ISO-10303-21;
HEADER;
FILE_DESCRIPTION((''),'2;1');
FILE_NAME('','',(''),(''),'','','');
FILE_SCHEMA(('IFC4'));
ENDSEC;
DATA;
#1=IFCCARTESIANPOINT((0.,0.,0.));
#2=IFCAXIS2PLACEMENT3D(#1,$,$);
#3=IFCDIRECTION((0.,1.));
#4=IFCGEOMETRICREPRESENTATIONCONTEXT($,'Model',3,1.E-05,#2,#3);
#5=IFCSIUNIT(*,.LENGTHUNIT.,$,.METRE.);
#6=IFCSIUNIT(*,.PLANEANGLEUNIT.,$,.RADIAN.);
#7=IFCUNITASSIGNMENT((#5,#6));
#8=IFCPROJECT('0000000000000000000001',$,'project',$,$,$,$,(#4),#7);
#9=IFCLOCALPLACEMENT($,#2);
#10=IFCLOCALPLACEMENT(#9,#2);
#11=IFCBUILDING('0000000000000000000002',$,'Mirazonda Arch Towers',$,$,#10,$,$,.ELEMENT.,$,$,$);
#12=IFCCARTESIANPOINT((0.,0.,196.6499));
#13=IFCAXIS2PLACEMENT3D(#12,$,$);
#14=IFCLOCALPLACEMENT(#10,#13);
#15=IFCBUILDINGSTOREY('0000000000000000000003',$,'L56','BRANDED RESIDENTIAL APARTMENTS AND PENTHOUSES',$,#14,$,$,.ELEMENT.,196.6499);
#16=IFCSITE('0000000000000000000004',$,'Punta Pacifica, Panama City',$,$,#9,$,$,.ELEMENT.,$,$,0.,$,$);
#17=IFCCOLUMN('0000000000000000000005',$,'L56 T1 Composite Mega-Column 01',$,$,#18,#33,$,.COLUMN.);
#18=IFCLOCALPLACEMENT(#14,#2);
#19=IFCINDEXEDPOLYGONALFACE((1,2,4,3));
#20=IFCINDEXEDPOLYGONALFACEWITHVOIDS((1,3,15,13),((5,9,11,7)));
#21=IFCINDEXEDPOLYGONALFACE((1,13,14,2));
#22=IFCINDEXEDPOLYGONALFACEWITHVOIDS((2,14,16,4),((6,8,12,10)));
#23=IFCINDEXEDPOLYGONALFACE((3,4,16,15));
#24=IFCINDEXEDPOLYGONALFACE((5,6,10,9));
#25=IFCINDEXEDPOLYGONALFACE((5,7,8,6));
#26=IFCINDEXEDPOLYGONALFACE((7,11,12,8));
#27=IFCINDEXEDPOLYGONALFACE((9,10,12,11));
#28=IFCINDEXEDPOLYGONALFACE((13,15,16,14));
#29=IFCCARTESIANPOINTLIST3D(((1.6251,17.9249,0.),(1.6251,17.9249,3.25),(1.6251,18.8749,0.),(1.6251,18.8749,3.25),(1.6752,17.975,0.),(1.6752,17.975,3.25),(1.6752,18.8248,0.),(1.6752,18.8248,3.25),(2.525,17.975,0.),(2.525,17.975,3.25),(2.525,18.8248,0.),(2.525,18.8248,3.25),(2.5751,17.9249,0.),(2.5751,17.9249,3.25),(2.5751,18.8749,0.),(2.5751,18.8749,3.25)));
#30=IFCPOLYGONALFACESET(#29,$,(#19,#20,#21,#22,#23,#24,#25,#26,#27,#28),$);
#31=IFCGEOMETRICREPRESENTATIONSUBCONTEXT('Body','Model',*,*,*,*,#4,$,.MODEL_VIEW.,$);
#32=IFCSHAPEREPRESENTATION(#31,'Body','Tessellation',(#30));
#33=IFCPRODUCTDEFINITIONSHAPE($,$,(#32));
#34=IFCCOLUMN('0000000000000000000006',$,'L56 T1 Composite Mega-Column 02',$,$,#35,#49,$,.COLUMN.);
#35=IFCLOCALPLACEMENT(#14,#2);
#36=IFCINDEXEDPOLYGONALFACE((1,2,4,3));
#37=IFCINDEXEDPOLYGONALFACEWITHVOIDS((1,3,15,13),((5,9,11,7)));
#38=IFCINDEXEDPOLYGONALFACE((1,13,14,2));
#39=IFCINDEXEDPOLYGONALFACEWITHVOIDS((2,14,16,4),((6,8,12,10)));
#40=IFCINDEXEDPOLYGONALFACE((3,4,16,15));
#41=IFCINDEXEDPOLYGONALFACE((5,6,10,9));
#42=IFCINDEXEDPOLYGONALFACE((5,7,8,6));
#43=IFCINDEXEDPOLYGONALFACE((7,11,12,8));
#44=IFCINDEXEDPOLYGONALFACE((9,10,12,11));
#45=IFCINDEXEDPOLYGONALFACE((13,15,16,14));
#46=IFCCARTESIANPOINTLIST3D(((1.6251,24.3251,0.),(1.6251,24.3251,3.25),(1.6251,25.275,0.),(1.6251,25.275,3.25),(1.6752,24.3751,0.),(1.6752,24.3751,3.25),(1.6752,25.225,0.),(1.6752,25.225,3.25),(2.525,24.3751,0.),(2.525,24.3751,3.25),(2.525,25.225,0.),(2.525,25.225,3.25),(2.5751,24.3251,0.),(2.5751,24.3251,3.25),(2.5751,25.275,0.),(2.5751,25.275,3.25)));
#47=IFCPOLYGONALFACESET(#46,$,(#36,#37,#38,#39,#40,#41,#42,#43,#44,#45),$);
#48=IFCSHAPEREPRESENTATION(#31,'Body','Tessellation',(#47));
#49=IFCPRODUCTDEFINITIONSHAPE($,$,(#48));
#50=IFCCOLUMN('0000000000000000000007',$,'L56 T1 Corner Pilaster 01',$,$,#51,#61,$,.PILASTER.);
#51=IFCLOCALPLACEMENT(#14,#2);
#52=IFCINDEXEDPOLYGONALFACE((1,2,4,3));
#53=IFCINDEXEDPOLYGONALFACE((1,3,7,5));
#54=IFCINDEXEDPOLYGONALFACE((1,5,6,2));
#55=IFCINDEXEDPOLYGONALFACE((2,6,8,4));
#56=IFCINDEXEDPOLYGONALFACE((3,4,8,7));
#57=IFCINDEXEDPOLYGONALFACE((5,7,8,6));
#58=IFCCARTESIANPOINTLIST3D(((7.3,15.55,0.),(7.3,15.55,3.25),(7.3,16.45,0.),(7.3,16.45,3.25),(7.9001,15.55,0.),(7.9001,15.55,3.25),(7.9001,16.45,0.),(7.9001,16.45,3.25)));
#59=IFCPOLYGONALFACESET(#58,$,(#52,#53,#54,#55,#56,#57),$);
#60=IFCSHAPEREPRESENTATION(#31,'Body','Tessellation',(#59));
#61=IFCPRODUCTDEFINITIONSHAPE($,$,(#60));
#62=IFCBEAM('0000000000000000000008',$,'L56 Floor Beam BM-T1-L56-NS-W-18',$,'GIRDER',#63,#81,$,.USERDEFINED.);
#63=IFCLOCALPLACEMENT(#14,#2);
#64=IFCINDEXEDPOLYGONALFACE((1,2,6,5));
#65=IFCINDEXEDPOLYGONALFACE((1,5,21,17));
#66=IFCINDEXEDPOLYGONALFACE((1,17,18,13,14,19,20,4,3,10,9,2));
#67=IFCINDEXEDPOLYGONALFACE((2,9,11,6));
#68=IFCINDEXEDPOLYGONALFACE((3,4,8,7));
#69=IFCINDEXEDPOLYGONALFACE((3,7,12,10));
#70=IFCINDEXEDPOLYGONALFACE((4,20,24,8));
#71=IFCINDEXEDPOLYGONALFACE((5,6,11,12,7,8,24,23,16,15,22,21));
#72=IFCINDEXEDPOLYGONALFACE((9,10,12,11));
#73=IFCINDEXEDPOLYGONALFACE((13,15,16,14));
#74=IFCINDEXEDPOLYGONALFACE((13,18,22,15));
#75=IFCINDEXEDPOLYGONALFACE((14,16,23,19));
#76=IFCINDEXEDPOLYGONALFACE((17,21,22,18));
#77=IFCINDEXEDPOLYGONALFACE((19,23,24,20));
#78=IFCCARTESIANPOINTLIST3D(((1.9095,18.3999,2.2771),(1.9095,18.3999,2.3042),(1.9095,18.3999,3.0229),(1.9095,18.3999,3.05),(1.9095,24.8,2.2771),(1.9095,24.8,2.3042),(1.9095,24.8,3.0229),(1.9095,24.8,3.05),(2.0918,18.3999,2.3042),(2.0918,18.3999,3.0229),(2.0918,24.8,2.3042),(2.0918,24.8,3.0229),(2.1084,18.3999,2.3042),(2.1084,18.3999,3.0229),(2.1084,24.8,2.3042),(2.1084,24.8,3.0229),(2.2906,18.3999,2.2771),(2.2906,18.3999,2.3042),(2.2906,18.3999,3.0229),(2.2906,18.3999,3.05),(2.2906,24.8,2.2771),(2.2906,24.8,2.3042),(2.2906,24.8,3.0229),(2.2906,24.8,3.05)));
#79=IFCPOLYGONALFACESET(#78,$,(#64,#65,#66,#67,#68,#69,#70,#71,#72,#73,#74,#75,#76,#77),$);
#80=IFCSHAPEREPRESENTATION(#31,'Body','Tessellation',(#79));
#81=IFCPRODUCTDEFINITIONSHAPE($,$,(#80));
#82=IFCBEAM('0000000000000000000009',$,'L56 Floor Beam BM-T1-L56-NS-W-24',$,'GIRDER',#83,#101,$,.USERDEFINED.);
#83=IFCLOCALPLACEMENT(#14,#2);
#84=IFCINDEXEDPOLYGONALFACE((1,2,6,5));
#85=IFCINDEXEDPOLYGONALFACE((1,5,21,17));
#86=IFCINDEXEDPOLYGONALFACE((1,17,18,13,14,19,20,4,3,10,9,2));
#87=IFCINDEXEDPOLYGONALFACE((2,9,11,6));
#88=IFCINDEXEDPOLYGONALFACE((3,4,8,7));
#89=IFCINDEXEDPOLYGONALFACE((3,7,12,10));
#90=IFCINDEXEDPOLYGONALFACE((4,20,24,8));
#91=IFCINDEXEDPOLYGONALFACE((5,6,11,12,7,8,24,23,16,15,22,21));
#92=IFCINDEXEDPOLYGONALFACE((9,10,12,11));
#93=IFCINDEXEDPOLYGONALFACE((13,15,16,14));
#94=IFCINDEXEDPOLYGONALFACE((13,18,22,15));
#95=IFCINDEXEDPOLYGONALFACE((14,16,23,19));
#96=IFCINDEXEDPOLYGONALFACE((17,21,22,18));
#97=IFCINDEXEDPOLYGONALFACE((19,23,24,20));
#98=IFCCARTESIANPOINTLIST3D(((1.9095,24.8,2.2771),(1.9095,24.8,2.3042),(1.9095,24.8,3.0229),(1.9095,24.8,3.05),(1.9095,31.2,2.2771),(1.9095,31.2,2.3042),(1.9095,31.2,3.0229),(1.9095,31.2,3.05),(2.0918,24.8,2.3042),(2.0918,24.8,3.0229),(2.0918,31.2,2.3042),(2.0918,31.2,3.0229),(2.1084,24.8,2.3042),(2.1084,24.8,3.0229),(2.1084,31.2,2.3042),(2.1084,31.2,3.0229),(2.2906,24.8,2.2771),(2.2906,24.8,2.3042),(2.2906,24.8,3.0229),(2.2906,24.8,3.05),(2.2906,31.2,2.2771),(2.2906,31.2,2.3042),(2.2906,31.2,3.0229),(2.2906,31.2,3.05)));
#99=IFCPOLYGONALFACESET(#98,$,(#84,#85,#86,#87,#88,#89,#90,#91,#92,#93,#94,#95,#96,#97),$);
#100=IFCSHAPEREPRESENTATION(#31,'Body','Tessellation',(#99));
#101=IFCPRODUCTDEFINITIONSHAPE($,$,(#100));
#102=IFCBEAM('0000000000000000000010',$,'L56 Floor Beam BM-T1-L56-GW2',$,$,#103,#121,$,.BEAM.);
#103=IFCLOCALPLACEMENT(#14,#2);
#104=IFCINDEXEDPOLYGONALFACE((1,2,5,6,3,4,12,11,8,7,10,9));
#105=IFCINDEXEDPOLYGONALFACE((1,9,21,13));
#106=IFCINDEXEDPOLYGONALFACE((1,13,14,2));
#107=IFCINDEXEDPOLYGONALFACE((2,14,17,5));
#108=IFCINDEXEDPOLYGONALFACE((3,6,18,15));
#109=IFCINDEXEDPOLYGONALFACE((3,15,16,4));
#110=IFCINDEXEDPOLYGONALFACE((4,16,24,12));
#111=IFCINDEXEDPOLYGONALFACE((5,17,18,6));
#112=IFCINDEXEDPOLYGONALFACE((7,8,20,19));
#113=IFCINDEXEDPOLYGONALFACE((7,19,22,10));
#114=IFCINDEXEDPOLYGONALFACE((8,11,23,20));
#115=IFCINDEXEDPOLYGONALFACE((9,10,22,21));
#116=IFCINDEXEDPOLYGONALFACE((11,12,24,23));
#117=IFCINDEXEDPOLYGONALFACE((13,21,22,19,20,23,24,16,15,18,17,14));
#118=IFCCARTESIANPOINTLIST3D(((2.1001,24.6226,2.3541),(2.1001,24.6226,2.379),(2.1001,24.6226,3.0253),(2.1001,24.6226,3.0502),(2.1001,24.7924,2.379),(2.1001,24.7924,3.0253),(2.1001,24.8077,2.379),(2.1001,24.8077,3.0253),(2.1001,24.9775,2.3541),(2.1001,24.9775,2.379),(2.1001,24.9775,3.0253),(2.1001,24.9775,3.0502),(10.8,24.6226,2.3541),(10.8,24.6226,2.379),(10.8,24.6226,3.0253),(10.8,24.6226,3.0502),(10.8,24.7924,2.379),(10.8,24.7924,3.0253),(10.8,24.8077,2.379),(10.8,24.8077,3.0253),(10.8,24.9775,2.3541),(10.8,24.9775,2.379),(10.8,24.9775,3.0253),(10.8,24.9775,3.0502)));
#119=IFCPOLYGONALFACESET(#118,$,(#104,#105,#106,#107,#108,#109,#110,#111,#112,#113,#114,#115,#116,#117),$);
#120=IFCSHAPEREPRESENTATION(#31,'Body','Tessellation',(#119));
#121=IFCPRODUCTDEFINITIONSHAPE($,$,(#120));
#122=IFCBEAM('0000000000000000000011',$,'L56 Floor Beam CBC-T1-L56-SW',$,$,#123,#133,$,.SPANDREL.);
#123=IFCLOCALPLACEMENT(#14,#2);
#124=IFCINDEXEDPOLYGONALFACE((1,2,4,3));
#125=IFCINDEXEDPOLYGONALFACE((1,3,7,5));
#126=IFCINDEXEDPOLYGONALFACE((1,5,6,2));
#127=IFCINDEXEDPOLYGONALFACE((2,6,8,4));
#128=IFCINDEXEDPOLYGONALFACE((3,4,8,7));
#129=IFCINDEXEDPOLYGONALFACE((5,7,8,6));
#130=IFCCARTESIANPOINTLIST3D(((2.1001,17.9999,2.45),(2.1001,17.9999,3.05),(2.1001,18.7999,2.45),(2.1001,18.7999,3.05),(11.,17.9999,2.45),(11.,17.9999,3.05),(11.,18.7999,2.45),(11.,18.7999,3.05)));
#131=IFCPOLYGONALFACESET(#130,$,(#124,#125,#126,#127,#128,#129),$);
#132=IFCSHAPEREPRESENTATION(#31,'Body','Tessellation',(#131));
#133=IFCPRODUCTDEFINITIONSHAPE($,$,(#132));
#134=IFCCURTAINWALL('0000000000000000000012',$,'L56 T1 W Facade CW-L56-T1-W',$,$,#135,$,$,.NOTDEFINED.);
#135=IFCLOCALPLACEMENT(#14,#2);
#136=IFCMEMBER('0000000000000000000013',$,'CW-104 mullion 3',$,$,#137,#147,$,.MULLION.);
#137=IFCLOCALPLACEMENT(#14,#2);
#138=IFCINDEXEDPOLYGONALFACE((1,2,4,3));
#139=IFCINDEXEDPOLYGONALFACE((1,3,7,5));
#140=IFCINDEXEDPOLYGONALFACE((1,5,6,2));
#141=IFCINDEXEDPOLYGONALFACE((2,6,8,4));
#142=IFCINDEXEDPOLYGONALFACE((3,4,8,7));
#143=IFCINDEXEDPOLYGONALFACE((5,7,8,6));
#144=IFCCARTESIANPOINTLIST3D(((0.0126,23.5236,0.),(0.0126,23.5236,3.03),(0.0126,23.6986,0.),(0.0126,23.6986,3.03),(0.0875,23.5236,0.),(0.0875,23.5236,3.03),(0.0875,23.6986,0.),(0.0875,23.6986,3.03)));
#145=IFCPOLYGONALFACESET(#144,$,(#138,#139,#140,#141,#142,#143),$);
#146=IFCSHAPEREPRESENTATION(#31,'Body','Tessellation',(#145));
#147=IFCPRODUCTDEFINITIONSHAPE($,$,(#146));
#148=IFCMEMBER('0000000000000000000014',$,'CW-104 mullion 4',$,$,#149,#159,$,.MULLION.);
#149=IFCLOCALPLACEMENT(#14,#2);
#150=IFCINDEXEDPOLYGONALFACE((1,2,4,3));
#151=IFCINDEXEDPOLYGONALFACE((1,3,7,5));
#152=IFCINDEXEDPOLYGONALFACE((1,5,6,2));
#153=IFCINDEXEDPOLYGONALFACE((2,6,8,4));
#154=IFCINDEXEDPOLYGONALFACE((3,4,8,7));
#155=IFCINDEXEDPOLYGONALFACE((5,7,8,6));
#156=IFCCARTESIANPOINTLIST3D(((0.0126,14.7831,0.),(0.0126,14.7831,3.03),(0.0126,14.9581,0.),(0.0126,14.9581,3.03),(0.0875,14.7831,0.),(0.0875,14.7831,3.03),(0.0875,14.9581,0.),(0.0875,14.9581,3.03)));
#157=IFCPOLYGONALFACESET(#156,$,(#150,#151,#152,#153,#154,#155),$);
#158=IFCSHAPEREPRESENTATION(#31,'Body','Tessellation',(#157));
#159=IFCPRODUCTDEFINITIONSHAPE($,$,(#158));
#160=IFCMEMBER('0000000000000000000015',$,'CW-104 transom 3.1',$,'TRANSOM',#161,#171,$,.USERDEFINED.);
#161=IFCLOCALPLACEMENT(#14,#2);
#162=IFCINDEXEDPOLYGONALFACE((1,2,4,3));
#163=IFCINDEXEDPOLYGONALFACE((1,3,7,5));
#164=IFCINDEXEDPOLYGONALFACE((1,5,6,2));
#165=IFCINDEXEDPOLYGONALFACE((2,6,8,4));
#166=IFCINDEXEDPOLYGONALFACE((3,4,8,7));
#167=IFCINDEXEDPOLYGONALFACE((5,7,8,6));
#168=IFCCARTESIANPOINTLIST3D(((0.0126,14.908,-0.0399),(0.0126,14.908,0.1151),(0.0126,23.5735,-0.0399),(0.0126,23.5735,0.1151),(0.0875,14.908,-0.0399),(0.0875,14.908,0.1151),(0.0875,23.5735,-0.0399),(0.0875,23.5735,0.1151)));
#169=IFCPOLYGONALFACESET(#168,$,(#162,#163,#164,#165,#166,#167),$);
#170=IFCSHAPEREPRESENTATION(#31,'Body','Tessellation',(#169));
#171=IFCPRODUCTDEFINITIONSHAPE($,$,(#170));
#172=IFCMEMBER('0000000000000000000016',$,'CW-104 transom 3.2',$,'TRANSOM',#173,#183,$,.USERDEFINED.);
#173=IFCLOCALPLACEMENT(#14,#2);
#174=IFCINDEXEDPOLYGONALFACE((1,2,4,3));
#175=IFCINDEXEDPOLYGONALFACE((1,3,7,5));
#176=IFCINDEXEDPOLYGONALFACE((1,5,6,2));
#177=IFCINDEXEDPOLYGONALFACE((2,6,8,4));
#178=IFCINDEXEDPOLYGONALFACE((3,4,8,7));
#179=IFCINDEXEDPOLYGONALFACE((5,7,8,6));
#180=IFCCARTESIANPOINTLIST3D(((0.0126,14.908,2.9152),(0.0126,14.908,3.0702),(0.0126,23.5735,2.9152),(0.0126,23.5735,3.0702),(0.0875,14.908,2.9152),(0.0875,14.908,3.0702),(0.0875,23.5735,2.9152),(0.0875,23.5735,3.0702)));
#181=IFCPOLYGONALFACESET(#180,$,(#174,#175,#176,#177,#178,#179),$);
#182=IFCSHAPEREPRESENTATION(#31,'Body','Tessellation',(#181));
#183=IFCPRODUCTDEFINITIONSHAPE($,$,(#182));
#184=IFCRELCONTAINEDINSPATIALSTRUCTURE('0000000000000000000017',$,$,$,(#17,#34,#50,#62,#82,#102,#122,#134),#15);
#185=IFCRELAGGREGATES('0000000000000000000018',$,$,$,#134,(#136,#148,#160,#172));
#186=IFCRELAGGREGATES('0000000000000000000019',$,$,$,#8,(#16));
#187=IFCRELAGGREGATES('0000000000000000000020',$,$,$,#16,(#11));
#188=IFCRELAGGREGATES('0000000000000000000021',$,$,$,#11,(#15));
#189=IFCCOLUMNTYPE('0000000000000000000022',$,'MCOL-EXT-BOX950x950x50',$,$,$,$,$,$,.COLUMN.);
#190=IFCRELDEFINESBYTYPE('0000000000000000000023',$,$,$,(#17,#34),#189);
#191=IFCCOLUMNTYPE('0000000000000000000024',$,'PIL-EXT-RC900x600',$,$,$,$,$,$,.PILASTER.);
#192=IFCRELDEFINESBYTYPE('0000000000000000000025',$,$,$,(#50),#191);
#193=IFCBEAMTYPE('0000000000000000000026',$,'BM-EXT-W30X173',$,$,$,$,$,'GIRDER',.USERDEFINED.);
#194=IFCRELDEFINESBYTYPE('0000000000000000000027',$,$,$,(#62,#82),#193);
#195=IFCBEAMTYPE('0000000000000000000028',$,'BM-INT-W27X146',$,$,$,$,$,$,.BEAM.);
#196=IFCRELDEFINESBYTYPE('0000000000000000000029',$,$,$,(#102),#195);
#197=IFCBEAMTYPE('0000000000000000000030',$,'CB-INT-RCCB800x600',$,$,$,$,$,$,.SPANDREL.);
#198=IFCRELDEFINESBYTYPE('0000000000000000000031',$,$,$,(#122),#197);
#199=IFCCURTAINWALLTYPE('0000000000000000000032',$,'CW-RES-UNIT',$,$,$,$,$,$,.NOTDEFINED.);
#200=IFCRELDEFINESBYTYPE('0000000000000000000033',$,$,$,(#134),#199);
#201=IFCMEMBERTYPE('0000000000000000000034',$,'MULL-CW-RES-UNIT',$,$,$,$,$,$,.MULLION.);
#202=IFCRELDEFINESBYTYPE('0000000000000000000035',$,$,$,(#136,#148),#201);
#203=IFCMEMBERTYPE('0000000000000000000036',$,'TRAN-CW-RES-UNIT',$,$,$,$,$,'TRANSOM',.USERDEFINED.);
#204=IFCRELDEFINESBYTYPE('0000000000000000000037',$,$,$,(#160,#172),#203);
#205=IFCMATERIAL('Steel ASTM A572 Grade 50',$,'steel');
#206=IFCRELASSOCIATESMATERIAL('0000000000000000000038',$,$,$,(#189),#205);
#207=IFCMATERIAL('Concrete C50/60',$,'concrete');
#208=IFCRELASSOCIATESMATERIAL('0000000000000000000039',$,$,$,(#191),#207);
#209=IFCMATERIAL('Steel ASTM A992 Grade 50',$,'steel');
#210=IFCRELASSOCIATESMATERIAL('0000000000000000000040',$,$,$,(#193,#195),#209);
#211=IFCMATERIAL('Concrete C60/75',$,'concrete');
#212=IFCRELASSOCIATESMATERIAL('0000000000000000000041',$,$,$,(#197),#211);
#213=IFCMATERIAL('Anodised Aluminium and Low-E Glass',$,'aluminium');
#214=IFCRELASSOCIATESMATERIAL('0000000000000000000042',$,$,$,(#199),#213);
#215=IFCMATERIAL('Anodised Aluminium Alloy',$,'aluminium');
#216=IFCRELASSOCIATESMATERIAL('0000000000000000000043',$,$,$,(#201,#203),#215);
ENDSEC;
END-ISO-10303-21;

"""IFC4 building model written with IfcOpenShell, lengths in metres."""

from ifc_helpers import new_model, si_unit, direction, frame, origin, origin_2d, place, context, subcontext, project, spatial, rectangle, hollow_rectangle, i_section, extrude, material, material_profile, profile_set, type_object, element, aggregate, save


model = new_model("IFC4")

# Units and contexts
model_context = context("Model", 3, precision=1e-05, world=origin(), true_north=direction((0.0, 1.0)))
body_context = subcontext(model_context, "Body", "Model", "MODEL_VIEW")
ifc_project = project(units=[si_unit("LENGTHUNIT", "METRE"), si_unit("PLANEANGLEUNIT", "RADIAN")], contexts=[model_context])

# Site, building, storey
site_placement = place(None, origin())
site = spatial("IfcSite", under=ifc_project, at=site_placement, Name="Punta Pacifica, Panama City", CompositionType="ELEMENT", RefElevation=0.0)
building_placement = place(site_placement, origin())
building = spatial("IfcBuilding", under=site, at=building_placement, Name="Mirazonda Arch Towers", CompositionType="ELEMENT")
storey_placement = place(building_placement, frame((0.0, 0.0, 196.6499)))
storey = spatial("IfcBuildingStorey", under=building, at=storey_placement, Name="L56", Description="BRANDED RESIDENTIAL APARTMENTS AND PENTHOUSES", CompositionType="ELEMENT", Elevation=196.6499)

# Columns
ifc_material_1 = material(Name="Steel ASTM A572 Grade 50", Category="steel")
ifc_material_profile_1 = material_profile(ifc_material_1, hollow_rectangle(XDim=0.95, YDim=0.95, WallThickness=0.05, at=origin_2d()), Name="BOX950x950x50")
ifc_profile_set_1 = profile_set([ifc_material_profile_1], Name="Steel ASTM A572 Grade 50")
column_type_1 = type_object("IfcColumnType", Name="MCOL-EXT-BOX950x950x50", PredefinedType="COLUMN", material=ifc_profile_set_1)
for number, where, z_axis, x_axis, name in (
    (1, (2.1001, 18.3999, 0.0), (0.0, 0.0, 1.0), (1.0, 0.0, 0.0), "L56 T1 Composite Mega-Column 01"),
    (2, (2.1001, 24.8, 0.0), (0.0, 0.0, 1.0), (1.0, 0.0, 0.0), "L56 T1 Composite Mega-Column 02"),
):
    element("IfcColumn", number, at=place(storey_placement, frame(where, z_axis=z_axis, x_axis=x_axis)), inside=storey, type_object=column_type_1, Name=name, PredefinedType="COLUMN", context=body_context, shape_type="SweptSolid", body=[
        extrude(hollow_rectangle(XDim=0.95, YDim=0.95, WallThickness=0.05, at=origin_2d()), origin(), (0.0, 0.0, 1.0), 3.25),
    ])
ifc_material_2 = material(Name="Concrete C50/60", Category="concrete")
ifc_material_profile_2 = material_profile(ifc_material_2, rectangle(XDim=0.6001, YDim=0.8999, at=origin_2d()), Name="RC900x600")
ifc_profile_set_2 = profile_set([ifc_material_profile_2], Name="Concrete C50/60")
column_type_2 = type_object("IfcColumnType", Name="PIL-EXT-RC900x600", PredefinedType="PILASTER", material=ifc_profile_set_2)
column_placement = place(storey_placement, frame((7.6001, 16.0, 0.0), z_axis=(0.0, 0.0, 1.0), x_axis=(1.0, 0.0, 0.0)))
element("IfcColumn", 3, at=column_placement, inside=storey, type_object=column_type_2, Name="L56 T1 Corner Pilaster 01", PredefinedType="PILASTER", context=body_context, shape_type="SweptSolid", body=[
    extrude(rectangle(XDim=0.6001, YDim=0.8999, at=origin_2d()), origin(), (0.0, 0.0, 1.0), 3.25),
])

# Beams
ifc_material_3 = material(Name="Steel ASTM A992 Grade 50", Category="steel")
ifc_material_profile_3 = material_profile(ifc_material_3, i_section(OverallWidth=0.3811, OverallDepth=0.7729, WebThickness=0.0166, FlangeThickness=0.0271, at=origin_2d()), Name="W30X173")
ifc_profile_set_3 = profile_set([ifc_material_profile_3], Name="Steel ASTM A992 Grade 50")
beam_type_1 = type_object("IfcBeamType", Name="BM-EXT-W30X173", ElementType="GIRDER", PredefinedType="USERDEFINED", material=ifc_profile_set_3)
beam_1_placement = place(storey_placement, frame((2.1001, 18.3999, 2.6636), z_axis=(0.0, 1.0, 0.0), x_axis=(-1.0, 0.0, 0.0)))
element("IfcBeam", 4, at=beam_1_placement, inside=storey, type_object=beam_type_1, Name="L56 Floor Beam BM-T1-L56-NS-W-18", ObjectType="GIRDER", PredefinedType="USERDEFINED", context=body_context, shape_type="SweptSolid", body=[
    extrude(i_section(OverallWidth=0.3811, OverallDepth=0.7729, WebThickness=0.0166, FlangeThickness=0.0271, at=origin_2d()), origin(), (0.0, 0.0, 1.0), 6.4001),
])
beam_2_placement = place(storey_placement, frame((2.1001, 24.8, 2.6636), z_axis=(0.0, 1.0, 0.0), x_axis=(-1.0, 0.0, 0.0)))
element("IfcBeam", 5, at=beam_2_placement, inside=storey, type_object=beam_type_1, Name="L56 Floor Beam BM-T1-L56-NS-W-24", ObjectType="GIRDER", PredefinedType="USERDEFINED", context=body_context, shape_type="SweptSolid", body=[
    extrude(i_section(OverallWidth=0.3811, OverallDepth=0.7729, WebThickness=0.0166, FlangeThickness=0.0271, at=origin_2d()), origin(), (0.0, 0.0, 1.0), 6.3999),
])
ifc_material_profile_4 = material_profile(ifc_material_3, i_section(OverallWidth=0.355, OverallDepth=0.696, WebThickness=0.0154, FlangeThickness=0.0249, at=origin_2d()), Name="W27X146")
ifc_profile_set_4 = profile_set([ifc_material_profile_4], Name="Steel ASTM A992 Grade 50")
beam_type_2 = type_object("IfcBeamType", Name="BM-INT-W27X146", PredefinedType="BEAM", material=ifc_profile_set_4)
beam_3_placement = place(storey_placement, frame((2.1001, 24.8, 2.7021), z_axis=(1.0, 0.0, 0.0), x_axis=(0.0, 1.0, 0.0)))
element("IfcBeam", 6, at=beam_3_placement, inside=storey, type_object=beam_type_2, Name="L56 Floor Beam BM-T1-L56-GW2", PredefinedType="BEAM", context=body_context, shape_type="SweptSolid", body=[
    extrude(i_section(OverallWidth=0.355, OverallDepth=0.696, WebThickness=0.0154, FlangeThickness=0.0249, at=origin_2d()), origin(), (0.0, 0.0, 1.0), 8.7),
])
ifc_material_4 = material(Name="Concrete C60/75", Category="concrete")
ifc_material_profile_5 = material_profile(ifc_material_4, rectangle(XDim=0.8, YDim=0.6001, at=origin_2d()), Name="RCCB800x600")
ifc_profile_set_5 = profile_set([ifc_material_profile_5], Name="Concrete C60/75")
beam_type_3 = type_object("IfcBeamType", Name="CB-INT-RCCB800x600", PredefinedType="SPANDREL", material=ifc_profile_set_5)
beam_4_placement = place(storey_placement, frame((2.1001, 18.3999, 2.75), z_axis=(1.0, 0.0, 0.0), x_axis=(0.0, 1.0, 0.0)))
element("IfcBeam", 7, at=beam_4_placement, inside=storey, type_object=beam_type_3, Name="L56 Floor Beam CBC-T1-L56-SW", PredefinedType="SPANDREL", context=body_context, shape_type="SweptSolid", body=[
    extrude(rectangle(XDim=0.8, YDim=0.6001, at=origin_2d()), origin(), (0.0, 0.0, 1.0), 8.8999),
])

# Curtain wall, members
ifc_material_5 = material(Name="Anodised Aluminium and Low-E Glass", Category="aluminium")
curtain_wall_type = type_object("IfcCurtainWallType", Name="CW-RES-UNIT", PredefinedType="NOTDEFINED", material=ifc_material_5)
curtain_wall_placement = place(storey_placement, origin())
curtain_wall = element("IfcCurtainWall", 8, at=curtain_wall_placement, inside=storey, type_object=curtain_wall_type, Name="L56 T1 W Facade CW-L56-T1-W", PredefinedType="NOTDEFINED")
ifc_material_6 = material(Name="Anodised Aluminium Alloy", Category="aluminium")
ifc_material_profile_6 = material_profile(ifc_material_6, rectangle(XDim=0.075, YDim=0.175, at=origin_2d()), Name="ALU-MULL-75x175")
ifc_profile_set_6 = profile_set([ifc_material_profile_6], Name="Anodised Aluminium Alloy")
member_type_1 = type_object("IfcMemberType", Name="MULL-CW-RES-UNIT", PredefinedType="MULLION", material=ifc_profile_set_6)
member_1_placement = place(storey_placement, frame((0.05, 23.6111, 0.0), z_axis=(0.0, 0.0, 1.0), x_axis=(1.0, 0.0, 0.0)))
member_1 = element("IfcMember", 9, at=member_1_placement, type_object=member_type_1, Name="CW-104 mullion 3", PredefinedType="MULLION", context=body_context, shape_type="SweptSolid", body=[
    extrude(rectangle(XDim=0.075, YDim=0.175, at=origin_2d()), origin(), (0.0, 0.0, 1.0), 3.03),
])
member_2_placement = place(storey_placement, frame((0.05, 14.8706, 0.0), z_axis=(0.0, 0.0, 1.0), x_axis=(1.0, 0.0, 0.0)))
member_2 = element("IfcMember", 10, at=member_2_placement, type_object=member_type_1, Name="CW-104 mullion 4", PredefinedType="MULLION", context=body_context, shape_type="SweptSolid", body=[
    extrude(rectangle(XDim=0.075, YDim=0.175, at=origin_2d()), origin(), (0.0, 0.0, 1.0), 3.03),
])
ifc_material_profile_7 = material_profile(ifc_material_6, rectangle(XDim=0.075, YDim=0.155, at=origin_2d()), Name="ALU-TRAN-75x155")
ifc_profile_set_7 = profile_set([ifc_material_profile_7], Name="Anodised Aluminium Alloy")
member_type_2 = type_object("IfcMemberType", Name="TRAN-CW-RES-UNIT", ElementType="TRANSOM", PredefinedType="USERDEFINED", material=ifc_profile_set_7)
member_3_placement = place(storey_placement, frame((0.05, 23.5735, 0.0376), z_axis=(0.0, -1.0, 0.0), x_axis=(1.0, 0.0, 0.0)))
member_3 = element("IfcMember", 11, at=member_3_placement, type_object=member_type_2, Name="CW-104 transom 3.1", ObjectType="TRANSOM", PredefinedType="USERDEFINED", context=body_context, shape_type="SweptSolid", body=[
    extrude(rectangle(XDim=0.075, YDim=0.155, at=origin_2d()), origin(), (0.0, 0.0, 1.0), 8.6655),
])
member_4_placement = place(storey_placement, frame((0.05, 23.5735, 2.9927), z_axis=(0.0, -1.0, 0.0), x_axis=(1.0, 0.0, 0.0)))
member_4 = element("IfcMember", 12, at=member_4_placement, type_object=member_type_2, Name="CW-104 transom 3.2", ObjectType="TRANSOM", PredefinedType="USERDEFINED", context=body_context, shape_type="SweptSolid", body=[
    extrude(rectangle(XDim=0.075, YDim=0.155, at=origin_2d()), origin(), (0.0, 0.0, 1.0), 8.6655),
])
aggregate(curtain_wall, [member_1, member_2, member_3, member_4])

save(model, "model.ifc")
